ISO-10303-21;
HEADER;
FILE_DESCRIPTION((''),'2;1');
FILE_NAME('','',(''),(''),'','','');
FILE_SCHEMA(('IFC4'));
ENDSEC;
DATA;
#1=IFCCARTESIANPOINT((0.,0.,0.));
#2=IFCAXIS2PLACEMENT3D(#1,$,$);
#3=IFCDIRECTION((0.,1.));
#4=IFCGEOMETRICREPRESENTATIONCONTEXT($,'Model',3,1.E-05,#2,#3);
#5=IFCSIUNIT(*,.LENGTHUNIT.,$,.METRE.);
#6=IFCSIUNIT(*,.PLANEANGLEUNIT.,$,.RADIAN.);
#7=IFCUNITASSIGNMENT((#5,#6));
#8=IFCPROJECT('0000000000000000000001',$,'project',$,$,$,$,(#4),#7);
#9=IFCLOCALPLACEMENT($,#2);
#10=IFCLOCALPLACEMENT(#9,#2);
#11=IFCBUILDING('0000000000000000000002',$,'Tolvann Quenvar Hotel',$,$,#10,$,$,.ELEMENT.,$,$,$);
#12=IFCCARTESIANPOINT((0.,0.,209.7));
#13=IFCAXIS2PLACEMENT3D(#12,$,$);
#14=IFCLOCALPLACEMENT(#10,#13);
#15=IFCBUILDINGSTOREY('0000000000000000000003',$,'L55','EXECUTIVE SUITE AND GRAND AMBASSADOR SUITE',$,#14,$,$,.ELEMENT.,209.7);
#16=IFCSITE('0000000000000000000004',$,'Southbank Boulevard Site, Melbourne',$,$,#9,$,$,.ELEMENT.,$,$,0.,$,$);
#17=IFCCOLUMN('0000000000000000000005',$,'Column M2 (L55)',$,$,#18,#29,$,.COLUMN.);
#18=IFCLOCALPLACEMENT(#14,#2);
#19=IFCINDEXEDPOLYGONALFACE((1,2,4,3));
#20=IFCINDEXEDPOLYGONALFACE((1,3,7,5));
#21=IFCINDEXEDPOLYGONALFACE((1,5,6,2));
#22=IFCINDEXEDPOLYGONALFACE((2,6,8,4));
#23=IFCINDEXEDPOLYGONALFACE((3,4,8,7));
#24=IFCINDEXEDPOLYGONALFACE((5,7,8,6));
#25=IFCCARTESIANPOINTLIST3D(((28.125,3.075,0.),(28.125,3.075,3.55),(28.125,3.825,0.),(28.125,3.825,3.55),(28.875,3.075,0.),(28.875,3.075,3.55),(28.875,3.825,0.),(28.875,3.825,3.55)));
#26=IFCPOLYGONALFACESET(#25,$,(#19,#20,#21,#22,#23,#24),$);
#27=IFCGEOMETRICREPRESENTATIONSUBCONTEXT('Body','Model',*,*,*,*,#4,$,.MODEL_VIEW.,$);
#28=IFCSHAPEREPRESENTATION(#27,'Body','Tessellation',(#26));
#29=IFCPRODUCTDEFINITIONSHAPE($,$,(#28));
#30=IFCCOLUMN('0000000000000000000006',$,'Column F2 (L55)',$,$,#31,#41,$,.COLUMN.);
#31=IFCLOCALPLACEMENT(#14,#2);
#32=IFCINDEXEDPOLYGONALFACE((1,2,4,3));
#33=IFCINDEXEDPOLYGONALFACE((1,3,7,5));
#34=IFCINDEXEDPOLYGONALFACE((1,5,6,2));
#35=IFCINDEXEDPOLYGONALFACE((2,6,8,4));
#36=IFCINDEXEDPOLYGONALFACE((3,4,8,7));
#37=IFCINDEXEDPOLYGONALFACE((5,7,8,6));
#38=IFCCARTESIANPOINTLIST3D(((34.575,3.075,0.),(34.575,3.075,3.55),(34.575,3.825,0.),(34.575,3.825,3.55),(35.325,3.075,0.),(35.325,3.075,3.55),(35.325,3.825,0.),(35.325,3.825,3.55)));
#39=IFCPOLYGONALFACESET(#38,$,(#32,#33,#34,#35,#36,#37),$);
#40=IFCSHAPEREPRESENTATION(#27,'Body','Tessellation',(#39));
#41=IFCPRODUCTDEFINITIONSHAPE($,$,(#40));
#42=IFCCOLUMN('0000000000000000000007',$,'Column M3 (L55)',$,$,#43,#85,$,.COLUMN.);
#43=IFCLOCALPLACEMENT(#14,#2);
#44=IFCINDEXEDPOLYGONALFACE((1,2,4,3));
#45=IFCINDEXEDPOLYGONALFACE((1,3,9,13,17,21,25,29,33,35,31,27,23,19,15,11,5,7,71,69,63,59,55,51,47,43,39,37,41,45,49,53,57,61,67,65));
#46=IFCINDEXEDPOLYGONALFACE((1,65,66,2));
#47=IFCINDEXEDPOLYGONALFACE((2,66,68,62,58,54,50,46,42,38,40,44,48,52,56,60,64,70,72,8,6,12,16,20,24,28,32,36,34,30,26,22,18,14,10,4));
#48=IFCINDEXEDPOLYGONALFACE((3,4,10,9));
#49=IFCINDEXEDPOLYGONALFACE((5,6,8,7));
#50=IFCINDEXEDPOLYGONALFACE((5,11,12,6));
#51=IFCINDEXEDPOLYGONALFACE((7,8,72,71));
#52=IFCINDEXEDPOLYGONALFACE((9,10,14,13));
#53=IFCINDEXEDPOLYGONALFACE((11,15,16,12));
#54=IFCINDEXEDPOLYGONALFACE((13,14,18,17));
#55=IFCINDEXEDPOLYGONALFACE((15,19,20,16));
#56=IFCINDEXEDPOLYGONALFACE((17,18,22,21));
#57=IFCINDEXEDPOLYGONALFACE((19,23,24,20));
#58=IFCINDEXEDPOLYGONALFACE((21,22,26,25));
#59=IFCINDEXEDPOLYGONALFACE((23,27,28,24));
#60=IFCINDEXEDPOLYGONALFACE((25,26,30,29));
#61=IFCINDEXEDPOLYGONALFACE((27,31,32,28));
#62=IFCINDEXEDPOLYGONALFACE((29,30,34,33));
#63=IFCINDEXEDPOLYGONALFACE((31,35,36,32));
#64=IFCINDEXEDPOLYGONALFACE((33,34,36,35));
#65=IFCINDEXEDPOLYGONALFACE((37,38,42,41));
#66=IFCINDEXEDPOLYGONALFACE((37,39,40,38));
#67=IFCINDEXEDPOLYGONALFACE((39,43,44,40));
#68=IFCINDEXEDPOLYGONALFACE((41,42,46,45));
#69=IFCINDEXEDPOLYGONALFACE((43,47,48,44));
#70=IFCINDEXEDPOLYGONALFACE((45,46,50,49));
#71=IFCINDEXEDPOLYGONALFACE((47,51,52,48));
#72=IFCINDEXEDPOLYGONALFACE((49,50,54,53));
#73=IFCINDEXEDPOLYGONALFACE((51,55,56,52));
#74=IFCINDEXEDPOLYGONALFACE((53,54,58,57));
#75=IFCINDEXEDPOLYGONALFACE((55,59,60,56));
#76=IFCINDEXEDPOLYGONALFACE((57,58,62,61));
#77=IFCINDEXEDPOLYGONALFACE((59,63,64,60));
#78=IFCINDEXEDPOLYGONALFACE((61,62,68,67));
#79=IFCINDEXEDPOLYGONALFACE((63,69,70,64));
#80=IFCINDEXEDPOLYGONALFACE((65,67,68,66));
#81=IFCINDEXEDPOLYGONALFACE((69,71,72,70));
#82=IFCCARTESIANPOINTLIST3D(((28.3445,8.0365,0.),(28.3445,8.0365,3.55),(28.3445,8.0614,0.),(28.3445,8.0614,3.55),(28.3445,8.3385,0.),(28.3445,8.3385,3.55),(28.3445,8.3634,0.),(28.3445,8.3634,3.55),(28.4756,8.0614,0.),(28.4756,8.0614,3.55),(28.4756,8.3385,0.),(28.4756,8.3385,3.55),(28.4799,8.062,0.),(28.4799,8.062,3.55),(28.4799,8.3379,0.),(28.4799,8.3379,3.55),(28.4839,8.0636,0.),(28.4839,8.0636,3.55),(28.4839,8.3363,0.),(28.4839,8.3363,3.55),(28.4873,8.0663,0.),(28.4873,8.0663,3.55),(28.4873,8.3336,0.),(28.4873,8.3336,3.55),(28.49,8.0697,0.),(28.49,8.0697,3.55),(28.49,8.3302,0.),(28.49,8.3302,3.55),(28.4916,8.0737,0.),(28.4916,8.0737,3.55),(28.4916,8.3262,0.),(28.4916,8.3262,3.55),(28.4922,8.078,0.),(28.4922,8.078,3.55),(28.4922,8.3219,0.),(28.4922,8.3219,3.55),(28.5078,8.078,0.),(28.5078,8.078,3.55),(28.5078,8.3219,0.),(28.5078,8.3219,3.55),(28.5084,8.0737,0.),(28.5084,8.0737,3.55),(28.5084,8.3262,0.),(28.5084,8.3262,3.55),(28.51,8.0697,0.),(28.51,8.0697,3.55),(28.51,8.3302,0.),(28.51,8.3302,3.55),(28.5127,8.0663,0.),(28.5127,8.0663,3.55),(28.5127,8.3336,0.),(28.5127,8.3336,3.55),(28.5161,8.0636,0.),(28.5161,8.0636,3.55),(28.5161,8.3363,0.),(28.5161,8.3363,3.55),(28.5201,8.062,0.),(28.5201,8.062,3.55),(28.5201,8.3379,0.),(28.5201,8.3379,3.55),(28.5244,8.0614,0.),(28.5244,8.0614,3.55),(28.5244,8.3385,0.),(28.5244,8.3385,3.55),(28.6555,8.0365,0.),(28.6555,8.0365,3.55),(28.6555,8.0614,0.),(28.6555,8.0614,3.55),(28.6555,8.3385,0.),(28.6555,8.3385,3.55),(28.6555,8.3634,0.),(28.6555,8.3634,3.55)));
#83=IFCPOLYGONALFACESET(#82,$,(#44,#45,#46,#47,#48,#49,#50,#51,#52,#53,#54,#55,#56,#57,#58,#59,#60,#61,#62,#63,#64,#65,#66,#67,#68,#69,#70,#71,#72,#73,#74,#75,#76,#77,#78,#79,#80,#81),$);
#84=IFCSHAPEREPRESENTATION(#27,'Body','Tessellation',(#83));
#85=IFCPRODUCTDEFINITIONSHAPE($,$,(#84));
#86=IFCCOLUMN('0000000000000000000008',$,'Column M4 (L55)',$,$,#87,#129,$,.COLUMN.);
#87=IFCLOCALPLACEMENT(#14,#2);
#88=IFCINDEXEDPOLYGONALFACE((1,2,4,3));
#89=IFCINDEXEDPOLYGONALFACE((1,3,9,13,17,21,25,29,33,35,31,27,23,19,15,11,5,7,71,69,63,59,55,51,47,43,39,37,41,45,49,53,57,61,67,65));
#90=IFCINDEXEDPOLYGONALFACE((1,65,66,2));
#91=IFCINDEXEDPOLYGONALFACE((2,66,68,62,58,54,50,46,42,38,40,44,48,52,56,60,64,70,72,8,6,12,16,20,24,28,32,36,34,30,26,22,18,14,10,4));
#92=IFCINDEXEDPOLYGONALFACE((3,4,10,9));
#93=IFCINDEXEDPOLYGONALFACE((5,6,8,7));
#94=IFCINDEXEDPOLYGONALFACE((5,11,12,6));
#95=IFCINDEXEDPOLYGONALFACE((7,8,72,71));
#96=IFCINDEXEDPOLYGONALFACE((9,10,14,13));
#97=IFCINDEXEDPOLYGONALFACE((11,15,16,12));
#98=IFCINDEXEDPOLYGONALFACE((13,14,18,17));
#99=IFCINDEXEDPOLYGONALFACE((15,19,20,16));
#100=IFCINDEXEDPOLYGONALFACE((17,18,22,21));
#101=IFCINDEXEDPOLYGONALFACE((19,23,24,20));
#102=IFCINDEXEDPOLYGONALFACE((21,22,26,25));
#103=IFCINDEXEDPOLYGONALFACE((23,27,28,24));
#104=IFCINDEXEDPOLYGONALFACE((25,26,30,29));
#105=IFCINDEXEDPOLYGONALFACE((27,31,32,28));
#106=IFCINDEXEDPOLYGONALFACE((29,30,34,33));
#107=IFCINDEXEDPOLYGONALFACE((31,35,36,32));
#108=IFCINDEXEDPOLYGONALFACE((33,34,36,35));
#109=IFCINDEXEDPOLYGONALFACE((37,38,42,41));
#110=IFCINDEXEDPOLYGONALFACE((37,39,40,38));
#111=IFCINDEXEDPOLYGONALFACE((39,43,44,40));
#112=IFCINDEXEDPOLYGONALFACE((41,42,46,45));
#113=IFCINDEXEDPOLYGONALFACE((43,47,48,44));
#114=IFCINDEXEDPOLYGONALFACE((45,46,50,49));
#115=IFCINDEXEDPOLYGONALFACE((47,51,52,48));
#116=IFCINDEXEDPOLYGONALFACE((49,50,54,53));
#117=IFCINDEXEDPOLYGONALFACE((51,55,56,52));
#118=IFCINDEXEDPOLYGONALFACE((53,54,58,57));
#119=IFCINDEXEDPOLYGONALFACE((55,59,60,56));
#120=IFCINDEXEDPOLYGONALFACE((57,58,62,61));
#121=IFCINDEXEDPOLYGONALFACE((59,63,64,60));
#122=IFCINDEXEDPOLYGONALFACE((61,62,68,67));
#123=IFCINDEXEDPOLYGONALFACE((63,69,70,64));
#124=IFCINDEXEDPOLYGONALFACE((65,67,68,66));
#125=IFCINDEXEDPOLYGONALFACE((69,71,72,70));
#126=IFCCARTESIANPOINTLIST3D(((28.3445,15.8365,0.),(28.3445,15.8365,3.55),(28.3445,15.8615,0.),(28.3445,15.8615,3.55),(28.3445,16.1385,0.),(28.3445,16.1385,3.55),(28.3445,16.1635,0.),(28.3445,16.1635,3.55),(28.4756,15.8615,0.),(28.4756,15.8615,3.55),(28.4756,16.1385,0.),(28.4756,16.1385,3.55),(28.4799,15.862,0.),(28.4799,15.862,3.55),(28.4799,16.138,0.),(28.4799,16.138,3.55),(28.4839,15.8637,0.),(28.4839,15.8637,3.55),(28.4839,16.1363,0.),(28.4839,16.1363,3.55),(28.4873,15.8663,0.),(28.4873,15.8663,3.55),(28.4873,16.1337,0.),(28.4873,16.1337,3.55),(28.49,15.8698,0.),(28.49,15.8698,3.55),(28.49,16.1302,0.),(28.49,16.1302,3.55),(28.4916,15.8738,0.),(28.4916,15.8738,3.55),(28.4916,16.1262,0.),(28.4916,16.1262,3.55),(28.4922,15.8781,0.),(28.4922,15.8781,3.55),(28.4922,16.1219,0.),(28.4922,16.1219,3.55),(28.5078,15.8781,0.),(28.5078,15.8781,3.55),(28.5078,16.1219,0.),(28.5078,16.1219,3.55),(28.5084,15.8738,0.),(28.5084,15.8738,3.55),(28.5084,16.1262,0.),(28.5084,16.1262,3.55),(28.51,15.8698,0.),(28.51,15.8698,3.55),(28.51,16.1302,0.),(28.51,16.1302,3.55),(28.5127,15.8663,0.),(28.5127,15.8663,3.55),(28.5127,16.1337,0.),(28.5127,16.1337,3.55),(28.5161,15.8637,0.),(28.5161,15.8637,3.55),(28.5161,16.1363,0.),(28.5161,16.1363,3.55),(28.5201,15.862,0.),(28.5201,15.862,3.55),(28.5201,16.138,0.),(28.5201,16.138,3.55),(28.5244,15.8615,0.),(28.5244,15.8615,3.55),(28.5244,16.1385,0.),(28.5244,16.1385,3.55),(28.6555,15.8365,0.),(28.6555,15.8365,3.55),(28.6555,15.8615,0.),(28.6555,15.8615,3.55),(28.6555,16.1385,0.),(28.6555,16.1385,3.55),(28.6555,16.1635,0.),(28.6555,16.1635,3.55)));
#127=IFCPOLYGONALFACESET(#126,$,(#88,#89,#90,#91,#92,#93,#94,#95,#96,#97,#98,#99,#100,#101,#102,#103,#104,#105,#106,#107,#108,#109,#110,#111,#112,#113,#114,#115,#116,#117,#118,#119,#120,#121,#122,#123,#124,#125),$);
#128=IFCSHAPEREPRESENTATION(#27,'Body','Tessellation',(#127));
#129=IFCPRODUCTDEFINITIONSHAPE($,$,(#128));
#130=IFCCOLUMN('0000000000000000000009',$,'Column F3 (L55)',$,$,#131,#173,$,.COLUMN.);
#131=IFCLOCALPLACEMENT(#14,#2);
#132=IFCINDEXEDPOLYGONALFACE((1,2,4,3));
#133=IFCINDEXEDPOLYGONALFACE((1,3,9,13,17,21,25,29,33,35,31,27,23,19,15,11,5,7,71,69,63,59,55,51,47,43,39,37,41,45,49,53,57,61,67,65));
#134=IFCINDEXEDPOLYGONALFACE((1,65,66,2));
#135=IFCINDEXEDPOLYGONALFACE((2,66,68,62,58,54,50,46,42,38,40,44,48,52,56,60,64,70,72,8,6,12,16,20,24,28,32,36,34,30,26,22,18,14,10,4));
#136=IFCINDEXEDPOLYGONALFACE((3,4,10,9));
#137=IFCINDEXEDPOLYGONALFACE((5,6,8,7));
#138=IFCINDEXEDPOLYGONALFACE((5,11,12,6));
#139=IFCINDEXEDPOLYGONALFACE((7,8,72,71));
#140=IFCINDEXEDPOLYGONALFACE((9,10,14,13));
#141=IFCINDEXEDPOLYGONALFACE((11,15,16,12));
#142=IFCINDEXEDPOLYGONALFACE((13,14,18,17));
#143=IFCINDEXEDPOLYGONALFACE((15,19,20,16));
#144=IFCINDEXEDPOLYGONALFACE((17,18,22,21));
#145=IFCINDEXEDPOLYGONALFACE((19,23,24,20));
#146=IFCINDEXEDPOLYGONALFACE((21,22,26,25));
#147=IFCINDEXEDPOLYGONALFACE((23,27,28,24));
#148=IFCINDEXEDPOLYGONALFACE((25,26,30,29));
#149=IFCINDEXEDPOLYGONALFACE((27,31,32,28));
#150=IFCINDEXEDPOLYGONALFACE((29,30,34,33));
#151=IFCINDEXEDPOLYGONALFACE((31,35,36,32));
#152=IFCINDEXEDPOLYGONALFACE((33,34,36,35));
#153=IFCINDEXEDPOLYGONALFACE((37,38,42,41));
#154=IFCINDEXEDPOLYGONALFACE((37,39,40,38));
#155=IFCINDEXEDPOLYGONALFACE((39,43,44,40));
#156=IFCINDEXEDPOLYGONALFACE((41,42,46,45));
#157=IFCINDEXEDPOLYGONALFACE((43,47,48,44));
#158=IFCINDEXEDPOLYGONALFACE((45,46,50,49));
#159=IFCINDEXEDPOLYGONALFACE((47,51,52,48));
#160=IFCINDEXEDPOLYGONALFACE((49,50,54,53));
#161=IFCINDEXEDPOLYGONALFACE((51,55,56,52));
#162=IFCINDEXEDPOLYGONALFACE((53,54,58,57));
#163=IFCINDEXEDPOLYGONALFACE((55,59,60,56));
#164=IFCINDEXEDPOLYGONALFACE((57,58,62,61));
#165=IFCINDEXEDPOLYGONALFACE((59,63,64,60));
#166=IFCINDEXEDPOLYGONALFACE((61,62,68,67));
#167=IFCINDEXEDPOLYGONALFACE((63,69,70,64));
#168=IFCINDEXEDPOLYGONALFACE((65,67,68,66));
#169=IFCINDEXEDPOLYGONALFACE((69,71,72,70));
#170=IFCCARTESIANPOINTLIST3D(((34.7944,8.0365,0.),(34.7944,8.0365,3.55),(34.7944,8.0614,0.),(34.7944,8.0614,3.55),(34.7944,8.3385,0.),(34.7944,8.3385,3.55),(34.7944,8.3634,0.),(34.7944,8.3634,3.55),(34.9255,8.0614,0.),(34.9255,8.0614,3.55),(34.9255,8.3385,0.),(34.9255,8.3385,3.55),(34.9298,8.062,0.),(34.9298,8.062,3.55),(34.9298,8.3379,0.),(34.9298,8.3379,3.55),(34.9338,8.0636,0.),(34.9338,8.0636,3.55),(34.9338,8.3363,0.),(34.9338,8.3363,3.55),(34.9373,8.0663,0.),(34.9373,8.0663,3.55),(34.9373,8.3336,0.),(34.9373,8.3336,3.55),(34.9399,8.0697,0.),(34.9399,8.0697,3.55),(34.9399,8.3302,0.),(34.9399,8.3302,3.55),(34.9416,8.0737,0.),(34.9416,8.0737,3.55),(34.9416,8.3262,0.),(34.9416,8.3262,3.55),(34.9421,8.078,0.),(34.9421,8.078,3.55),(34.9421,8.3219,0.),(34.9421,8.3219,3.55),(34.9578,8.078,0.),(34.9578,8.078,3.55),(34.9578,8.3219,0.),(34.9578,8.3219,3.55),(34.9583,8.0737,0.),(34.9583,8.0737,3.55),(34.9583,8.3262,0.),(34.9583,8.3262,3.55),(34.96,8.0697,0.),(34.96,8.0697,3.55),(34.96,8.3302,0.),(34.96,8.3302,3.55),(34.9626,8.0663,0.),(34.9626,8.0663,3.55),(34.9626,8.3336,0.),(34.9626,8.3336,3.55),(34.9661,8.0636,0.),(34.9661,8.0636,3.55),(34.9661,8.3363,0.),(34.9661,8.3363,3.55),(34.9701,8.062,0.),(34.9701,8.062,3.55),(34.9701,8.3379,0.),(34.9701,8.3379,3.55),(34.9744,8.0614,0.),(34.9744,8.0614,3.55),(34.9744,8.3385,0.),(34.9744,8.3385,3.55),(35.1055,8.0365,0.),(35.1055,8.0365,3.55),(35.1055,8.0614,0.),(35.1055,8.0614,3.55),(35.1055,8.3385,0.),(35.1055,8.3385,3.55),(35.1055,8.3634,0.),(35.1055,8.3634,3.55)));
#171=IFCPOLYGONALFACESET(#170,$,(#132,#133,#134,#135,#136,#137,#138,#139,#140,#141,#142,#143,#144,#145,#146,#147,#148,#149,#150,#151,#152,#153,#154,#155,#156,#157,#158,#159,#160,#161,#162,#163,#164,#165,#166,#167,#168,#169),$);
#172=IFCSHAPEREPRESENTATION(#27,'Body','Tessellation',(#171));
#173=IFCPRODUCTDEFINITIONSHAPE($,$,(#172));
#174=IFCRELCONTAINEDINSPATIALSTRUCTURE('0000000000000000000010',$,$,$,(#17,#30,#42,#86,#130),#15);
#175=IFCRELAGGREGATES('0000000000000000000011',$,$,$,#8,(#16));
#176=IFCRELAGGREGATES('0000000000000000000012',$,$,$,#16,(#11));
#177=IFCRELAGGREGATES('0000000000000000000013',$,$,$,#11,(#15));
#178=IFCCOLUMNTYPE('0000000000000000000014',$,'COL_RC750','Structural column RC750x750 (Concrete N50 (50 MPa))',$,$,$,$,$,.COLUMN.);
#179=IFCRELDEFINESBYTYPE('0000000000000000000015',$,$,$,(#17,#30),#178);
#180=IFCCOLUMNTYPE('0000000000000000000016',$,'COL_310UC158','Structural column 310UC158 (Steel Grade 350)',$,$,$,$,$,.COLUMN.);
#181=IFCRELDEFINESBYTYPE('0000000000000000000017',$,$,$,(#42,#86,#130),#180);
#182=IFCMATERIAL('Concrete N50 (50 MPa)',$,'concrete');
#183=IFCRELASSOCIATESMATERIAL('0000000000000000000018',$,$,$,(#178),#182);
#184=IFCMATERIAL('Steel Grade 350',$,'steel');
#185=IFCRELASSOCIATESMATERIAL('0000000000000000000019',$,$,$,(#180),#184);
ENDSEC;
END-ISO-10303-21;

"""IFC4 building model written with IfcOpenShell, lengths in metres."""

from ifc_helpers import new_model, si_unit, direction, frame, origin, origin_2d, place, context, subcontext, project, spatial, rectangle, i_section, extrude, source, transform, mapped, material, material_profile, profile_set, type_object, type_shapes, element, save


model = new_model("IFC4")

# Units and contexts
model_context = context("Model", 3, precision=1e-05, world=origin(), true_north=direction((0.0, 1.0)))
body_context = subcontext(model_context, "Body", "Model", "MODEL_VIEW")
ifc_project = project(units=[si_unit("LENGTHUNIT", "METRE"), si_unit("PLANEANGLEUNIT", "RADIAN")], contexts=[model_context])

# Site, building, storey
site_placement = place(None, origin())
site = spatial("IfcSite", under=ifc_project, at=site_placement, Name="Southbank Boulevard Site, Melbourne", CompositionType="ELEMENT", RefElevation=0.0)
building_placement = place(site_placement, origin())
building = spatial("IfcBuilding", under=site, at=building_placement, Name="Tolvann Quenvar Hotel", CompositionType="ELEMENT")
storey_placement = place(building_placement, frame((0.0, 0.0, 209.7)))
storey = spatial("IfcBuildingStorey", under=building, at=storey_placement, Name="L55", Description="EXECUTIVE SUITE AND GRAND AMBASSADOR SUITE", CompositionType="ELEMENT", Elevation=209.7)

# Columns
ifc_material_1 = material(Name="Concrete N50 (50 MPa)", Category="concrete")
ifc_material_profile_1 = material_profile(ifc_material_1, rectangle(XDim=0.75, YDim=0.75, at=origin_2d()), Name="RC750x750")
ifc_profile_set_1 = profile_set([ifc_material_profile_1], Name="Concrete N50 (50 MPa)")
column_type_1 = type_object("IfcColumnType", Name="COL_RC750", Description="Structural column RC750x750 (Concrete N50 (50 MPa))", PredefinedType="COLUMN", material=ifc_profile_set_1)
shared_shape_1 = source(origin(), body_context, "Body", "SweptSolid", [
    extrude(rectangle(XDim=0.75, YDim=0.75, at=origin_2d()), origin(), (0.0, 0.0, 1.0), 3.55),
])
type_shapes(column_type_1, [shared_shape_1])
for number, where, z_axis, x_axis, name in (
    (1, (28.5, 3.45, 0.0), (0.0, 0.0, 1.0), (1.0, 0.0, 0.0), "Column M2 (L55)"),
    (2, (34.95, 3.45, 0.0), (0.0, 0.0, 1.0), (1.0, 0.0, 0.0), "Column F2 (L55)"),
):
    element("IfcColumn", number, at=place(storey_placement, frame(where, z_axis=z_axis, x_axis=x_axis)), inside=storey, type_object=column_type_1, Name=name, PredefinedType="COLUMN", context=body_context, shape_type="MappedRepresentation", body=[
        mapped(shared_shape_1, transform((0.0, 0.0, 0.0), x_axis=(1.0, 0.0, 0.0), y_axis=(0.0, 1.0, 0.0), z_axis=(0.0, 0.0, 1.0), scale=1.0)),
    ])
ifc_material_2 = material(Name="Steel Grade 350", Category="steel")
ifc_material_profile_2 = material_profile(ifc_material_2, i_section(OverallWidth=0.311, OverallDepth=0.3269, WebThickness=0.0156, FlangeThickness=0.0249, FilletRadius=0.0166, at=origin_2d()), Name="310UC158")
ifc_profile_set_2 = profile_set([ifc_material_profile_2], Name="Steel Grade 350")
column_type_2 = type_object("IfcColumnType", Name="COL_310UC158", Description="Structural column 310UC158 (Steel Grade 350)", PredefinedType="COLUMN", material=ifc_profile_set_2)
shared_shape_2 = source(origin(), body_context, "Body", "SweptSolid", [
    extrude(i_section(OverallWidth=0.311, OverallDepth=0.3269, WebThickness=0.0156, FlangeThickness=0.0249, FilletRadius=0.0166, at=origin_2d()), origin(), (0.0, 0.0, 1.0), 3.55),
])
type_shapes(column_type_2, [shared_shape_2])
for number, where, z_axis, x_axis, name in (
    (3, (28.5, 8.2, 0.0), (0.0, 0.0, 1.0), (1.0, 0.0, 0.0), "Column M3 (L55)"),
    (4, (28.5, 16.0, 0.0), (0.0, 0.0, 1.0), (1.0, 0.0, 0.0), "Column M4 (L55)"),
    (5, (34.95, 8.2, 0.0), (0.0, 0.0, 1.0), (1.0, 0.0, 0.0), "Column F3 (L55)"),
):
    element("IfcColumn", number, at=place(storey_placement, frame(where, z_axis=z_axis, x_axis=x_axis)), inside=storey, type_object=column_type_2, Name=name, PredefinedType="COLUMN", context=body_context, shape_type="MappedRepresentation", body=[
        mapped(shared_shape_2, transform((0.0, 0.0, 0.0), x_axis=(1.0, 0.0, 0.0), y_axis=(0.0, 1.0, 0.0), z_axis=(0.0, 0.0, 1.0), scale=1.0)),
    ])

save(model, "model.ifc")
